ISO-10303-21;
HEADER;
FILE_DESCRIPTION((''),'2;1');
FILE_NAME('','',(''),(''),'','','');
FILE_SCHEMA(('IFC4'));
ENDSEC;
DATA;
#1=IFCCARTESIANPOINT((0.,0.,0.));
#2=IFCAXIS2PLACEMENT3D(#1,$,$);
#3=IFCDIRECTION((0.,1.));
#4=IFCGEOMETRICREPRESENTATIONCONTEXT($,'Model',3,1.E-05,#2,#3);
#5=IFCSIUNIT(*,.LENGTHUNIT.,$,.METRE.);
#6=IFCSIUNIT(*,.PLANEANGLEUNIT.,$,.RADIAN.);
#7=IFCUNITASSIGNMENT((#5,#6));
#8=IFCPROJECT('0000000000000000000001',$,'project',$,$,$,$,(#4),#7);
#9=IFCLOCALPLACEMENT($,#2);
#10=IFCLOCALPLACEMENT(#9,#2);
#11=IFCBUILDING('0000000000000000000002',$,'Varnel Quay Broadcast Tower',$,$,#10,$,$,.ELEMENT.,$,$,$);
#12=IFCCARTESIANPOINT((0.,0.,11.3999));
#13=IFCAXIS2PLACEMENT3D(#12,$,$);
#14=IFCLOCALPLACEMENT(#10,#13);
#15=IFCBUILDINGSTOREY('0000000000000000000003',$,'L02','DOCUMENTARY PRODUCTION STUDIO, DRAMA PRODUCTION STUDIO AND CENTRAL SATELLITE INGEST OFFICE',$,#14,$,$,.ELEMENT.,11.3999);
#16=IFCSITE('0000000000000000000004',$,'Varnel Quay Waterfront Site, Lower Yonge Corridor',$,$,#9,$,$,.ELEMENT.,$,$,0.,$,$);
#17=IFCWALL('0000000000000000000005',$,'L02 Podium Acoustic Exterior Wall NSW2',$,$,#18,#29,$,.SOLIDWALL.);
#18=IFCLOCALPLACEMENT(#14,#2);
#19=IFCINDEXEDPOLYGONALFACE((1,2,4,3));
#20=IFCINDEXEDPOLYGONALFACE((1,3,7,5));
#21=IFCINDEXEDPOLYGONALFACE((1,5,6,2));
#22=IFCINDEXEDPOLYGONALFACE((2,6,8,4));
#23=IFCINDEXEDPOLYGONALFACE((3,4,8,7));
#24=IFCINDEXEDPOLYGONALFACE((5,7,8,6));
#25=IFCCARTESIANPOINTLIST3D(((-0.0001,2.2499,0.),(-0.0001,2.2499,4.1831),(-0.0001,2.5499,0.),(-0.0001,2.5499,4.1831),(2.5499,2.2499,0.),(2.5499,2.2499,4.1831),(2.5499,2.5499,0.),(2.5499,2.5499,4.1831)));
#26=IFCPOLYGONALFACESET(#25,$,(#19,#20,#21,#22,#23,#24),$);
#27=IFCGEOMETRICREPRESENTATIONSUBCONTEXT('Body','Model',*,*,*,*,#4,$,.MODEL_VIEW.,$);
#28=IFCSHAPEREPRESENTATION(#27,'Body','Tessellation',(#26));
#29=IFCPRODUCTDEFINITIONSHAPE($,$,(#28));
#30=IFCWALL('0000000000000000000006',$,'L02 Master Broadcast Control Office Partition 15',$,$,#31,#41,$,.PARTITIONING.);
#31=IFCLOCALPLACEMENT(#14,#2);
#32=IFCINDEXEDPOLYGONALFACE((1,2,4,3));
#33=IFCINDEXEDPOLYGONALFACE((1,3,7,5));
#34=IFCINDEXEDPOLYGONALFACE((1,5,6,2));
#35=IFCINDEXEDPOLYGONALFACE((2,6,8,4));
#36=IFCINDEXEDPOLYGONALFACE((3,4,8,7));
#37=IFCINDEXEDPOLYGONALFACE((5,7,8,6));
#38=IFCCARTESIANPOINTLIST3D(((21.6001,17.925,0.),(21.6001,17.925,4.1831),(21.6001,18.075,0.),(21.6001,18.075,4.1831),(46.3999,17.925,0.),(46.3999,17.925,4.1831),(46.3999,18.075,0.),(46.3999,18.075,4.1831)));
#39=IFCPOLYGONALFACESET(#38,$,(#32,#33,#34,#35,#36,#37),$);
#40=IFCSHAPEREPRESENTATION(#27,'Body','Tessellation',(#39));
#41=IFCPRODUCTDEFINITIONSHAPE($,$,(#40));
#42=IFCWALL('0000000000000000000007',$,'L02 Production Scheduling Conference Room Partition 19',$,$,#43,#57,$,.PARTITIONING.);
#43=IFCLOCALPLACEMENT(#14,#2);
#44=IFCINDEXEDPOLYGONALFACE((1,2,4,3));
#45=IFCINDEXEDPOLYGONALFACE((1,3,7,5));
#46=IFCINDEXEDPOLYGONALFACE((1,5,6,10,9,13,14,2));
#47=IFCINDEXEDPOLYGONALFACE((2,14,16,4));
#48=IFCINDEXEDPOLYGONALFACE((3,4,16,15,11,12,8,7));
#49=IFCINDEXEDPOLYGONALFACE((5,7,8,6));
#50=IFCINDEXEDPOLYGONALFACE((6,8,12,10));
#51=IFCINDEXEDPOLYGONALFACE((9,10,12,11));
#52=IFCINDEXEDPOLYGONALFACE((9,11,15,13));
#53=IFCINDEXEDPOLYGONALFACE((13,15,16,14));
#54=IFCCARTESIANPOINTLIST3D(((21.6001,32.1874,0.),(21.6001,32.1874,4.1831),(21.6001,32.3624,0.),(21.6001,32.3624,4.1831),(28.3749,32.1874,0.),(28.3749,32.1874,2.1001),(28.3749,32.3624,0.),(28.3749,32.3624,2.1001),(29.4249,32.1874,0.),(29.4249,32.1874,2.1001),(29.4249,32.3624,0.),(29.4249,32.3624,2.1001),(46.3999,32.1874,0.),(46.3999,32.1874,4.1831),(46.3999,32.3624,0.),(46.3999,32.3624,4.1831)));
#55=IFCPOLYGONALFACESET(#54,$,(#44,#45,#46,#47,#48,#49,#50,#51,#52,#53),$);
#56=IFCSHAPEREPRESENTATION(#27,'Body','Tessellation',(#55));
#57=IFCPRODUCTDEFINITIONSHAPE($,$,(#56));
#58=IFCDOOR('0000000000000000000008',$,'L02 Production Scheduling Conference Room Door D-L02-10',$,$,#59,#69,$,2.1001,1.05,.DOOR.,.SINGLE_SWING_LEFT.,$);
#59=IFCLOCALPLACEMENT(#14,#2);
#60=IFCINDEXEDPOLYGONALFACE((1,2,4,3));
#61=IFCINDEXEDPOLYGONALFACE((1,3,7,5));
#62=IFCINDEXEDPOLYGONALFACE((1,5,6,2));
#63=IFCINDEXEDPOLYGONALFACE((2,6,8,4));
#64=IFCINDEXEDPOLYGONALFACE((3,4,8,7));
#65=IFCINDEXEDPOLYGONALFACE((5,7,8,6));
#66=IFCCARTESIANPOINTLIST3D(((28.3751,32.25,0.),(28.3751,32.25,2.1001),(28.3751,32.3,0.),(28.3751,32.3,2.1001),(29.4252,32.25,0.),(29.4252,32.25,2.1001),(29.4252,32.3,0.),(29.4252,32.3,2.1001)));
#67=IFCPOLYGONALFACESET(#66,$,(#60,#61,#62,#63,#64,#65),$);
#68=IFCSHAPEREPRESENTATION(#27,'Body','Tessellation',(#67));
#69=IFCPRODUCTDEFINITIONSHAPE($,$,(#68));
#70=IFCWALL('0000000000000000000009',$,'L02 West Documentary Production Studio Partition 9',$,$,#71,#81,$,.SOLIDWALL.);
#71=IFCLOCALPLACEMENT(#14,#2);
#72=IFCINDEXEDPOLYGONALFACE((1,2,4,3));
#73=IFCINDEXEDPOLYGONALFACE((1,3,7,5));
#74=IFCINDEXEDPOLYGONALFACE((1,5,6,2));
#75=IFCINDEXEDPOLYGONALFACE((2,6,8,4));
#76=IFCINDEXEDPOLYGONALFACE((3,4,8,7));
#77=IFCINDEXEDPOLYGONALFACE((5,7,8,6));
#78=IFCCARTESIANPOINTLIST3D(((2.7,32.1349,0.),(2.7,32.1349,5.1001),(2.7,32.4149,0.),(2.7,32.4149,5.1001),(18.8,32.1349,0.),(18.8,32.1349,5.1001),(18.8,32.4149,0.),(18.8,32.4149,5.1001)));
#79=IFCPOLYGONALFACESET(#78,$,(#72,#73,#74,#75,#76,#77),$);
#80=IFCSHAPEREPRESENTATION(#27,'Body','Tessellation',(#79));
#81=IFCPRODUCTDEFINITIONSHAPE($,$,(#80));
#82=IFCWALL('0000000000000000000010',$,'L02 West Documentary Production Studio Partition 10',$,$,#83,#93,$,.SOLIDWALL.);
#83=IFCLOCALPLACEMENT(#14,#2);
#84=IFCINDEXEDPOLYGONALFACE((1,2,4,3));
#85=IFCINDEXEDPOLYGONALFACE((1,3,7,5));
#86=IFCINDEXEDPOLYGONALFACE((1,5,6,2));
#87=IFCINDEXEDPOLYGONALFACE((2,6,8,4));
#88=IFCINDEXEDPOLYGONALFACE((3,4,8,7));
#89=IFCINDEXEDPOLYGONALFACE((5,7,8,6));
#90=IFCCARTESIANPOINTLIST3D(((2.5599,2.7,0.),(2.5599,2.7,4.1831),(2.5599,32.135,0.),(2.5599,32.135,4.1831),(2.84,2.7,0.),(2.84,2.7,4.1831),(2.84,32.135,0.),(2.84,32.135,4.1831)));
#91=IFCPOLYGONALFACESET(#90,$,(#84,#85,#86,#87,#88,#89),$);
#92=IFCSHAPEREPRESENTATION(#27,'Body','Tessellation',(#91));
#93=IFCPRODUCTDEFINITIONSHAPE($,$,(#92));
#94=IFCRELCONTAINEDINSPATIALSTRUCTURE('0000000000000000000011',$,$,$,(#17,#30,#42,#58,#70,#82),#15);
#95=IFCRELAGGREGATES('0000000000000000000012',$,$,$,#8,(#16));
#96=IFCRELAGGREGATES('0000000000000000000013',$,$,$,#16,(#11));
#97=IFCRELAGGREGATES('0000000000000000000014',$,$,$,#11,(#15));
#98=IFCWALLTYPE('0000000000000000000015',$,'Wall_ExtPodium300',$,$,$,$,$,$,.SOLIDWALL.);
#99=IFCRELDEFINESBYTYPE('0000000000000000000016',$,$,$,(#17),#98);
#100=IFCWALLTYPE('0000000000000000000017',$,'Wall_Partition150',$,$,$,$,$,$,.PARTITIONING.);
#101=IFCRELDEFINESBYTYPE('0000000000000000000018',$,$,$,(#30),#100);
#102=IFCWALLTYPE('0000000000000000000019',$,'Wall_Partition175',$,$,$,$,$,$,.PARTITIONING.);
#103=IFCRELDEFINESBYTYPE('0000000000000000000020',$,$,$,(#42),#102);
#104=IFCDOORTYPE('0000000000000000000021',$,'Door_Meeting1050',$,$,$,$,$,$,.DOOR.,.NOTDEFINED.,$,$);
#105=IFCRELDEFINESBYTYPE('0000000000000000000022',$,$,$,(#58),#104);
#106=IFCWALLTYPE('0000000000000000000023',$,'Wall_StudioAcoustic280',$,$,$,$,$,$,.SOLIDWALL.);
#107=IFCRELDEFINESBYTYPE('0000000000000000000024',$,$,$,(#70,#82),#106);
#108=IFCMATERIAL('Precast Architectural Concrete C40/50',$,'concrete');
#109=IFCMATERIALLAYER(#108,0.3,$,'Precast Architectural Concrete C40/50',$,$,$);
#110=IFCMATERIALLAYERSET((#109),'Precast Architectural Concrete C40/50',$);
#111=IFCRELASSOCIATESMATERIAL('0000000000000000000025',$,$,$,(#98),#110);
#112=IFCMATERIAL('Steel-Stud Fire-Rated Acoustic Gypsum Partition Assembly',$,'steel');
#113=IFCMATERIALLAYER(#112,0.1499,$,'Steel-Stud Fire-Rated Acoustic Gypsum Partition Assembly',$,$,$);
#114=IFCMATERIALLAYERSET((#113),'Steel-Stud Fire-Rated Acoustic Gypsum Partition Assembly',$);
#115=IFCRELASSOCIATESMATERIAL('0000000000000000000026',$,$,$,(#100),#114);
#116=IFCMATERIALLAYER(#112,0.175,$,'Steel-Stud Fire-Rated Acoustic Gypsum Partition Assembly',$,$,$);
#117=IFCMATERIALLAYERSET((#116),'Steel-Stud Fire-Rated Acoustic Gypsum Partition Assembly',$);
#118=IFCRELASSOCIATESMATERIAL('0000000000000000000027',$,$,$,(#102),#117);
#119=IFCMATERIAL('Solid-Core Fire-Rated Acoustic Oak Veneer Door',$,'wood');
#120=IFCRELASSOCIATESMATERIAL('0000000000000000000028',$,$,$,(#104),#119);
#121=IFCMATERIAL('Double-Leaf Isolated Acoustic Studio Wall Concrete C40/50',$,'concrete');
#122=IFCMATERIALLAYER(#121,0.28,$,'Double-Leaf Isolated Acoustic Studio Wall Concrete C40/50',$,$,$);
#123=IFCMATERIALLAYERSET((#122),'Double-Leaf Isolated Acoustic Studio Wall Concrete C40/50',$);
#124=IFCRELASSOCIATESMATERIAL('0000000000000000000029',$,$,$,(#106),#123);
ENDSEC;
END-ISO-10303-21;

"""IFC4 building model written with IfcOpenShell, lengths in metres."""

from ifc_helpers import new_model, si_unit, direction, frame, frame_2d, origin, place, context, subcontext, project, spatial, rectangle, extrude, source, transform, mapped, material, layer, layer_set, type_object, type_shapes, element, fill, save


model = new_model("IFC4")

# Units and contexts
model_context = context("Model", 3, precision=1e-05, world=origin(), true_north=direction((0.0, 1.0)))
body_context = subcontext(model_context, "Body", "Model", "MODEL_VIEW")
ifc_project = project(units=[si_unit("LENGTHUNIT", "METRE"), si_unit("PLANEANGLEUNIT", "RADIAN")], contexts=[model_context])

# Site, building, storey
site_placement = place(None, origin())
site = spatial("IfcSite", under=ifc_project, at=site_placement, Name="Varnel Quay Waterfront Site, Lower Yonge Corridor", CompositionType="ELEMENT", RefElevation=0.0)
building_placement = place(site_placement, origin())
building = spatial("IfcBuilding", under=site, at=building_placement, Name="Varnel Quay Broadcast Tower", CompositionType="ELEMENT")
storey_placement = place(building_placement, frame((0.0, 0.0, 11.3999)))
storey = spatial("IfcBuildingStorey", under=building, at=storey_placement, Name="L02", Description="DOCUMENTARY PRODUCTION STUDIO, DRAMA PRODUCTION STUDIO AND CENTRAL SATELLITE INGEST OFFICE", CompositionType="ELEMENT", Elevation=11.3999)

# Shared definitions
ifc_material_1 = material(Name="Precast Architectural Concrete C40/50", Category="concrete")
ifc_layer_1 = layer(ifc_material_1, 0.3, Name="Precast Architectural Concrete C40/50")
ifc_layer_set_1 = layer_set([ifc_layer_1], Name="Precast Architectural Concrete C40/50")
wall_type_1 = type_object("IfcWallType", Name="Wall_ExtPodium300", PredefinedType="SOLIDWALL", material=ifc_layer_set_1)

# Walls
wall_1_placement = place(storey_placement, frame((0.0, 2.3999, 0.0), z_axis=(0.0, 0.0, 1.0), x_axis=(1.0, 0.0, 0.0)))
element("IfcWall", 1, at=wall_1_placement, inside=storey, type_object=wall_type_1, Name="L02 Podium Acoustic Exterior Wall NSW2", PredefinedType="SOLIDWALL", context=body_context, shape_type="SweptSolid", body=[
    extrude(rectangle(XDim=2.55, YDim=0.3, at=frame_2d((1.2749, 0.0))), origin(), (0.0, 0.0, 1.0), 4.1831),
])
ifc_material_2 = material(Name="Steel-Stud Fire-Rated Acoustic Gypsum Partition Assembly", Category="steel")
ifc_layer_2 = layer(ifc_material_2, 0.1499, Name="Steel-Stud Fire-Rated Acoustic Gypsum Partition Assembly")
ifc_layer_set_2 = layer_set([ifc_layer_2], Name="Steel-Stud Fire-Rated Acoustic Gypsum Partition Assembly")
wall_type_2 = type_object("IfcWallType", Name="Wall_Partition150", PredefinedType="PARTITIONING", material=ifc_layer_set_2)
wall_2_placement = place(storey_placement, frame((21.6001, 18.0, 0.0), z_axis=(0.0, 0.0, 1.0), x_axis=(1.0, 0.0, 0.0)))
element("IfcWall", 2, at=wall_2_placement, inside=storey, type_object=wall_type_2, Name="L02 Master Broadcast Control Office Partition 15", PredefinedType="PARTITIONING", context=body_context, shape_type="SweptSolid", body=[
    extrude(rectangle(XDim=24.7998, YDim=0.1499, at=frame_2d((12.3999, 0.0))), origin(), (0.0, 0.0, 1.0), 4.1831),
])

# Wall, opening, door
ifc_layer_3 = layer(ifc_material_2, 0.175, Name="Steel-Stud Fire-Rated Acoustic Gypsum Partition Assembly")
ifc_layer_set_3 = layer_set([ifc_layer_3], Name="Steel-Stud Fire-Rated Acoustic Gypsum Partition Assembly")
wall_type_3 = type_object("IfcWallType", Name="Wall_Partition175", PredefinedType="PARTITIONING", material=ifc_layer_set_3)
wall_3_placement = place(storey_placement, frame((21.6001, 32.2749, 0.0), z_axis=(0.0, 0.0, 1.0), x_axis=(1.0, 0.0, 0.0)))
wall_3 = element("IfcWall", 3, at=wall_3_placement, inside=storey, type_object=wall_type_3, Name="L02 Production Scheduling Conference Room Partition 19", PredefinedType="PARTITIONING", context=body_context, shape_type="SweptSolid", body=[
    extrude(rectangle(XDim=24.7998, YDim=0.175, at=frame_2d((12.3999, 0.0))), origin(), (0.0, 0.0, 1.0), 4.1831),
])
opening_1_placement = place(wall_3_placement, frame((6.7749, 0.0, 0.0)))
opening_1 = element("IfcOpeningElement", 4, at=opening_1_placement, cuts=wall_3, PredefinedType="OPENING", context=body_context, shape_type="SweptSolid", body=[
    extrude(rectangle(XDim=1.05, YDim=2.1001, at=frame_2d((0.5249, 1.05))), frame((0.0, 0.0977, 0.0), z_axis=(0.0, -1.0, 0.0), x_axis=(1.0, 0.0, 0.0)), (0.0, 0.0, 1.0), 0.1951),
])
ifc_material_3 = material(Name="Solid-Core Fire-Rated Acoustic Oak Veneer Door", Category="wood")
door_type = type_object("IfcDoorType", Name="Door_Meeting1050", OperationType="NOTDEFINED", PredefinedType="DOOR", material=ifc_material_3)
shared_shape_1 = source(origin(), body_context, "Body", "SweptSolid", [
    extrude(rectangle(XDim=1.05, YDim=2.1001, at=frame_2d((0.5249, 1.05))), frame((0.0, 0.0249, 0.0), z_axis=(0.0, -1.0, 0.0), x_axis=(1.0, 0.0, 0.0)), (0.0, 0.0, 1.0), 0.05),
])
type_shapes(door_type, [shared_shape_1])
door_placement = place(opening_1_placement, frame((1.05, 0.0, 0.0), z_axis=(0.0, 0.0, 1.0), x_axis=(-1.0, 0.0, 0.0)))
door = element("IfcDoor", 5, at=door_placement, inside=storey, type_object=door_type, Name="L02 Production Scheduling Conference Room Door D-L02-10", OperationType="SINGLE_SWING_LEFT", OverallHeight=2.1001, OverallWidth=1.05, PredefinedType="DOOR", context=body_context, shape_type="MappedRepresentation", body=[
    mapped(shared_shape_1, transform((0.0, 0.0, 0.0), x_axis=(1.0, 0.0, 0.0), y_axis=(0.0, 1.0, 0.0), z_axis=(0.0, 0.0, 1.0), scale=1.0)),
])
fill(opening_1, door)

# Walls
ifc_material_4 = material(Name="Double-Leaf Isolated Acoustic Studio Wall Concrete C40/50", Category="concrete")
ifc_layer_4 = layer(ifc_material_4, 0.28, Name="Double-Leaf Isolated Acoustic Studio Wall Concrete C40/50")
ifc_layer_set_4 = layer_set([ifc_layer_4], Name="Double-Leaf Isolated Acoustic Studio Wall Concrete C40/50")
wall_type_4 = type_object("IfcWallType", Name="Wall_StudioAcoustic280", PredefinedType="SOLIDWALL", material=ifc_layer_set_4)
wall_4_placement = place(storey_placement, frame((2.7, 32.2749, 0.0), z_axis=(0.0, 0.0, 1.0), x_axis=(1.0, 0.0, 0.0)))
element("IfcWall", 6, at=wall_4_placement, inside=storey, type_object=wall_type_4, Name="L02 West Documentary Production Studio Partition 9", PredefinedType="SOLIDWALL", context=body_context, shape_type="SweptSolid", body=[
    extrude(rectangle(XDim=16.1001, YDim=0.28, at=frame_2d((8.05, 0.0))), origin(), (0.0, 0.0, 1.0), 5.1001),
])
wall_5_placement = place(storey_placement, frame((2.7, 2.7, 0.0), z_axis=(0.0, 0.0, 1.0), x_axis=(0.0, 1.0, 0.0)))
element("IfcWall", 7, at=wall_5_placement, inside=storey, type_object=wall_type_4, Name="L02 West Documentary Production Studio Partition 10", PredefinedType="SOLIDWALL", context=body_context, shape_type="SweptSolid", body=[
    extrude(rectangle(XDim=29.4351, YDim=0.28, at=frame_2d((14.7175, 0.0))), origin(), (0.0, 0.0, 1.0), 4.1831),
])

save(model, "model.ifc")
